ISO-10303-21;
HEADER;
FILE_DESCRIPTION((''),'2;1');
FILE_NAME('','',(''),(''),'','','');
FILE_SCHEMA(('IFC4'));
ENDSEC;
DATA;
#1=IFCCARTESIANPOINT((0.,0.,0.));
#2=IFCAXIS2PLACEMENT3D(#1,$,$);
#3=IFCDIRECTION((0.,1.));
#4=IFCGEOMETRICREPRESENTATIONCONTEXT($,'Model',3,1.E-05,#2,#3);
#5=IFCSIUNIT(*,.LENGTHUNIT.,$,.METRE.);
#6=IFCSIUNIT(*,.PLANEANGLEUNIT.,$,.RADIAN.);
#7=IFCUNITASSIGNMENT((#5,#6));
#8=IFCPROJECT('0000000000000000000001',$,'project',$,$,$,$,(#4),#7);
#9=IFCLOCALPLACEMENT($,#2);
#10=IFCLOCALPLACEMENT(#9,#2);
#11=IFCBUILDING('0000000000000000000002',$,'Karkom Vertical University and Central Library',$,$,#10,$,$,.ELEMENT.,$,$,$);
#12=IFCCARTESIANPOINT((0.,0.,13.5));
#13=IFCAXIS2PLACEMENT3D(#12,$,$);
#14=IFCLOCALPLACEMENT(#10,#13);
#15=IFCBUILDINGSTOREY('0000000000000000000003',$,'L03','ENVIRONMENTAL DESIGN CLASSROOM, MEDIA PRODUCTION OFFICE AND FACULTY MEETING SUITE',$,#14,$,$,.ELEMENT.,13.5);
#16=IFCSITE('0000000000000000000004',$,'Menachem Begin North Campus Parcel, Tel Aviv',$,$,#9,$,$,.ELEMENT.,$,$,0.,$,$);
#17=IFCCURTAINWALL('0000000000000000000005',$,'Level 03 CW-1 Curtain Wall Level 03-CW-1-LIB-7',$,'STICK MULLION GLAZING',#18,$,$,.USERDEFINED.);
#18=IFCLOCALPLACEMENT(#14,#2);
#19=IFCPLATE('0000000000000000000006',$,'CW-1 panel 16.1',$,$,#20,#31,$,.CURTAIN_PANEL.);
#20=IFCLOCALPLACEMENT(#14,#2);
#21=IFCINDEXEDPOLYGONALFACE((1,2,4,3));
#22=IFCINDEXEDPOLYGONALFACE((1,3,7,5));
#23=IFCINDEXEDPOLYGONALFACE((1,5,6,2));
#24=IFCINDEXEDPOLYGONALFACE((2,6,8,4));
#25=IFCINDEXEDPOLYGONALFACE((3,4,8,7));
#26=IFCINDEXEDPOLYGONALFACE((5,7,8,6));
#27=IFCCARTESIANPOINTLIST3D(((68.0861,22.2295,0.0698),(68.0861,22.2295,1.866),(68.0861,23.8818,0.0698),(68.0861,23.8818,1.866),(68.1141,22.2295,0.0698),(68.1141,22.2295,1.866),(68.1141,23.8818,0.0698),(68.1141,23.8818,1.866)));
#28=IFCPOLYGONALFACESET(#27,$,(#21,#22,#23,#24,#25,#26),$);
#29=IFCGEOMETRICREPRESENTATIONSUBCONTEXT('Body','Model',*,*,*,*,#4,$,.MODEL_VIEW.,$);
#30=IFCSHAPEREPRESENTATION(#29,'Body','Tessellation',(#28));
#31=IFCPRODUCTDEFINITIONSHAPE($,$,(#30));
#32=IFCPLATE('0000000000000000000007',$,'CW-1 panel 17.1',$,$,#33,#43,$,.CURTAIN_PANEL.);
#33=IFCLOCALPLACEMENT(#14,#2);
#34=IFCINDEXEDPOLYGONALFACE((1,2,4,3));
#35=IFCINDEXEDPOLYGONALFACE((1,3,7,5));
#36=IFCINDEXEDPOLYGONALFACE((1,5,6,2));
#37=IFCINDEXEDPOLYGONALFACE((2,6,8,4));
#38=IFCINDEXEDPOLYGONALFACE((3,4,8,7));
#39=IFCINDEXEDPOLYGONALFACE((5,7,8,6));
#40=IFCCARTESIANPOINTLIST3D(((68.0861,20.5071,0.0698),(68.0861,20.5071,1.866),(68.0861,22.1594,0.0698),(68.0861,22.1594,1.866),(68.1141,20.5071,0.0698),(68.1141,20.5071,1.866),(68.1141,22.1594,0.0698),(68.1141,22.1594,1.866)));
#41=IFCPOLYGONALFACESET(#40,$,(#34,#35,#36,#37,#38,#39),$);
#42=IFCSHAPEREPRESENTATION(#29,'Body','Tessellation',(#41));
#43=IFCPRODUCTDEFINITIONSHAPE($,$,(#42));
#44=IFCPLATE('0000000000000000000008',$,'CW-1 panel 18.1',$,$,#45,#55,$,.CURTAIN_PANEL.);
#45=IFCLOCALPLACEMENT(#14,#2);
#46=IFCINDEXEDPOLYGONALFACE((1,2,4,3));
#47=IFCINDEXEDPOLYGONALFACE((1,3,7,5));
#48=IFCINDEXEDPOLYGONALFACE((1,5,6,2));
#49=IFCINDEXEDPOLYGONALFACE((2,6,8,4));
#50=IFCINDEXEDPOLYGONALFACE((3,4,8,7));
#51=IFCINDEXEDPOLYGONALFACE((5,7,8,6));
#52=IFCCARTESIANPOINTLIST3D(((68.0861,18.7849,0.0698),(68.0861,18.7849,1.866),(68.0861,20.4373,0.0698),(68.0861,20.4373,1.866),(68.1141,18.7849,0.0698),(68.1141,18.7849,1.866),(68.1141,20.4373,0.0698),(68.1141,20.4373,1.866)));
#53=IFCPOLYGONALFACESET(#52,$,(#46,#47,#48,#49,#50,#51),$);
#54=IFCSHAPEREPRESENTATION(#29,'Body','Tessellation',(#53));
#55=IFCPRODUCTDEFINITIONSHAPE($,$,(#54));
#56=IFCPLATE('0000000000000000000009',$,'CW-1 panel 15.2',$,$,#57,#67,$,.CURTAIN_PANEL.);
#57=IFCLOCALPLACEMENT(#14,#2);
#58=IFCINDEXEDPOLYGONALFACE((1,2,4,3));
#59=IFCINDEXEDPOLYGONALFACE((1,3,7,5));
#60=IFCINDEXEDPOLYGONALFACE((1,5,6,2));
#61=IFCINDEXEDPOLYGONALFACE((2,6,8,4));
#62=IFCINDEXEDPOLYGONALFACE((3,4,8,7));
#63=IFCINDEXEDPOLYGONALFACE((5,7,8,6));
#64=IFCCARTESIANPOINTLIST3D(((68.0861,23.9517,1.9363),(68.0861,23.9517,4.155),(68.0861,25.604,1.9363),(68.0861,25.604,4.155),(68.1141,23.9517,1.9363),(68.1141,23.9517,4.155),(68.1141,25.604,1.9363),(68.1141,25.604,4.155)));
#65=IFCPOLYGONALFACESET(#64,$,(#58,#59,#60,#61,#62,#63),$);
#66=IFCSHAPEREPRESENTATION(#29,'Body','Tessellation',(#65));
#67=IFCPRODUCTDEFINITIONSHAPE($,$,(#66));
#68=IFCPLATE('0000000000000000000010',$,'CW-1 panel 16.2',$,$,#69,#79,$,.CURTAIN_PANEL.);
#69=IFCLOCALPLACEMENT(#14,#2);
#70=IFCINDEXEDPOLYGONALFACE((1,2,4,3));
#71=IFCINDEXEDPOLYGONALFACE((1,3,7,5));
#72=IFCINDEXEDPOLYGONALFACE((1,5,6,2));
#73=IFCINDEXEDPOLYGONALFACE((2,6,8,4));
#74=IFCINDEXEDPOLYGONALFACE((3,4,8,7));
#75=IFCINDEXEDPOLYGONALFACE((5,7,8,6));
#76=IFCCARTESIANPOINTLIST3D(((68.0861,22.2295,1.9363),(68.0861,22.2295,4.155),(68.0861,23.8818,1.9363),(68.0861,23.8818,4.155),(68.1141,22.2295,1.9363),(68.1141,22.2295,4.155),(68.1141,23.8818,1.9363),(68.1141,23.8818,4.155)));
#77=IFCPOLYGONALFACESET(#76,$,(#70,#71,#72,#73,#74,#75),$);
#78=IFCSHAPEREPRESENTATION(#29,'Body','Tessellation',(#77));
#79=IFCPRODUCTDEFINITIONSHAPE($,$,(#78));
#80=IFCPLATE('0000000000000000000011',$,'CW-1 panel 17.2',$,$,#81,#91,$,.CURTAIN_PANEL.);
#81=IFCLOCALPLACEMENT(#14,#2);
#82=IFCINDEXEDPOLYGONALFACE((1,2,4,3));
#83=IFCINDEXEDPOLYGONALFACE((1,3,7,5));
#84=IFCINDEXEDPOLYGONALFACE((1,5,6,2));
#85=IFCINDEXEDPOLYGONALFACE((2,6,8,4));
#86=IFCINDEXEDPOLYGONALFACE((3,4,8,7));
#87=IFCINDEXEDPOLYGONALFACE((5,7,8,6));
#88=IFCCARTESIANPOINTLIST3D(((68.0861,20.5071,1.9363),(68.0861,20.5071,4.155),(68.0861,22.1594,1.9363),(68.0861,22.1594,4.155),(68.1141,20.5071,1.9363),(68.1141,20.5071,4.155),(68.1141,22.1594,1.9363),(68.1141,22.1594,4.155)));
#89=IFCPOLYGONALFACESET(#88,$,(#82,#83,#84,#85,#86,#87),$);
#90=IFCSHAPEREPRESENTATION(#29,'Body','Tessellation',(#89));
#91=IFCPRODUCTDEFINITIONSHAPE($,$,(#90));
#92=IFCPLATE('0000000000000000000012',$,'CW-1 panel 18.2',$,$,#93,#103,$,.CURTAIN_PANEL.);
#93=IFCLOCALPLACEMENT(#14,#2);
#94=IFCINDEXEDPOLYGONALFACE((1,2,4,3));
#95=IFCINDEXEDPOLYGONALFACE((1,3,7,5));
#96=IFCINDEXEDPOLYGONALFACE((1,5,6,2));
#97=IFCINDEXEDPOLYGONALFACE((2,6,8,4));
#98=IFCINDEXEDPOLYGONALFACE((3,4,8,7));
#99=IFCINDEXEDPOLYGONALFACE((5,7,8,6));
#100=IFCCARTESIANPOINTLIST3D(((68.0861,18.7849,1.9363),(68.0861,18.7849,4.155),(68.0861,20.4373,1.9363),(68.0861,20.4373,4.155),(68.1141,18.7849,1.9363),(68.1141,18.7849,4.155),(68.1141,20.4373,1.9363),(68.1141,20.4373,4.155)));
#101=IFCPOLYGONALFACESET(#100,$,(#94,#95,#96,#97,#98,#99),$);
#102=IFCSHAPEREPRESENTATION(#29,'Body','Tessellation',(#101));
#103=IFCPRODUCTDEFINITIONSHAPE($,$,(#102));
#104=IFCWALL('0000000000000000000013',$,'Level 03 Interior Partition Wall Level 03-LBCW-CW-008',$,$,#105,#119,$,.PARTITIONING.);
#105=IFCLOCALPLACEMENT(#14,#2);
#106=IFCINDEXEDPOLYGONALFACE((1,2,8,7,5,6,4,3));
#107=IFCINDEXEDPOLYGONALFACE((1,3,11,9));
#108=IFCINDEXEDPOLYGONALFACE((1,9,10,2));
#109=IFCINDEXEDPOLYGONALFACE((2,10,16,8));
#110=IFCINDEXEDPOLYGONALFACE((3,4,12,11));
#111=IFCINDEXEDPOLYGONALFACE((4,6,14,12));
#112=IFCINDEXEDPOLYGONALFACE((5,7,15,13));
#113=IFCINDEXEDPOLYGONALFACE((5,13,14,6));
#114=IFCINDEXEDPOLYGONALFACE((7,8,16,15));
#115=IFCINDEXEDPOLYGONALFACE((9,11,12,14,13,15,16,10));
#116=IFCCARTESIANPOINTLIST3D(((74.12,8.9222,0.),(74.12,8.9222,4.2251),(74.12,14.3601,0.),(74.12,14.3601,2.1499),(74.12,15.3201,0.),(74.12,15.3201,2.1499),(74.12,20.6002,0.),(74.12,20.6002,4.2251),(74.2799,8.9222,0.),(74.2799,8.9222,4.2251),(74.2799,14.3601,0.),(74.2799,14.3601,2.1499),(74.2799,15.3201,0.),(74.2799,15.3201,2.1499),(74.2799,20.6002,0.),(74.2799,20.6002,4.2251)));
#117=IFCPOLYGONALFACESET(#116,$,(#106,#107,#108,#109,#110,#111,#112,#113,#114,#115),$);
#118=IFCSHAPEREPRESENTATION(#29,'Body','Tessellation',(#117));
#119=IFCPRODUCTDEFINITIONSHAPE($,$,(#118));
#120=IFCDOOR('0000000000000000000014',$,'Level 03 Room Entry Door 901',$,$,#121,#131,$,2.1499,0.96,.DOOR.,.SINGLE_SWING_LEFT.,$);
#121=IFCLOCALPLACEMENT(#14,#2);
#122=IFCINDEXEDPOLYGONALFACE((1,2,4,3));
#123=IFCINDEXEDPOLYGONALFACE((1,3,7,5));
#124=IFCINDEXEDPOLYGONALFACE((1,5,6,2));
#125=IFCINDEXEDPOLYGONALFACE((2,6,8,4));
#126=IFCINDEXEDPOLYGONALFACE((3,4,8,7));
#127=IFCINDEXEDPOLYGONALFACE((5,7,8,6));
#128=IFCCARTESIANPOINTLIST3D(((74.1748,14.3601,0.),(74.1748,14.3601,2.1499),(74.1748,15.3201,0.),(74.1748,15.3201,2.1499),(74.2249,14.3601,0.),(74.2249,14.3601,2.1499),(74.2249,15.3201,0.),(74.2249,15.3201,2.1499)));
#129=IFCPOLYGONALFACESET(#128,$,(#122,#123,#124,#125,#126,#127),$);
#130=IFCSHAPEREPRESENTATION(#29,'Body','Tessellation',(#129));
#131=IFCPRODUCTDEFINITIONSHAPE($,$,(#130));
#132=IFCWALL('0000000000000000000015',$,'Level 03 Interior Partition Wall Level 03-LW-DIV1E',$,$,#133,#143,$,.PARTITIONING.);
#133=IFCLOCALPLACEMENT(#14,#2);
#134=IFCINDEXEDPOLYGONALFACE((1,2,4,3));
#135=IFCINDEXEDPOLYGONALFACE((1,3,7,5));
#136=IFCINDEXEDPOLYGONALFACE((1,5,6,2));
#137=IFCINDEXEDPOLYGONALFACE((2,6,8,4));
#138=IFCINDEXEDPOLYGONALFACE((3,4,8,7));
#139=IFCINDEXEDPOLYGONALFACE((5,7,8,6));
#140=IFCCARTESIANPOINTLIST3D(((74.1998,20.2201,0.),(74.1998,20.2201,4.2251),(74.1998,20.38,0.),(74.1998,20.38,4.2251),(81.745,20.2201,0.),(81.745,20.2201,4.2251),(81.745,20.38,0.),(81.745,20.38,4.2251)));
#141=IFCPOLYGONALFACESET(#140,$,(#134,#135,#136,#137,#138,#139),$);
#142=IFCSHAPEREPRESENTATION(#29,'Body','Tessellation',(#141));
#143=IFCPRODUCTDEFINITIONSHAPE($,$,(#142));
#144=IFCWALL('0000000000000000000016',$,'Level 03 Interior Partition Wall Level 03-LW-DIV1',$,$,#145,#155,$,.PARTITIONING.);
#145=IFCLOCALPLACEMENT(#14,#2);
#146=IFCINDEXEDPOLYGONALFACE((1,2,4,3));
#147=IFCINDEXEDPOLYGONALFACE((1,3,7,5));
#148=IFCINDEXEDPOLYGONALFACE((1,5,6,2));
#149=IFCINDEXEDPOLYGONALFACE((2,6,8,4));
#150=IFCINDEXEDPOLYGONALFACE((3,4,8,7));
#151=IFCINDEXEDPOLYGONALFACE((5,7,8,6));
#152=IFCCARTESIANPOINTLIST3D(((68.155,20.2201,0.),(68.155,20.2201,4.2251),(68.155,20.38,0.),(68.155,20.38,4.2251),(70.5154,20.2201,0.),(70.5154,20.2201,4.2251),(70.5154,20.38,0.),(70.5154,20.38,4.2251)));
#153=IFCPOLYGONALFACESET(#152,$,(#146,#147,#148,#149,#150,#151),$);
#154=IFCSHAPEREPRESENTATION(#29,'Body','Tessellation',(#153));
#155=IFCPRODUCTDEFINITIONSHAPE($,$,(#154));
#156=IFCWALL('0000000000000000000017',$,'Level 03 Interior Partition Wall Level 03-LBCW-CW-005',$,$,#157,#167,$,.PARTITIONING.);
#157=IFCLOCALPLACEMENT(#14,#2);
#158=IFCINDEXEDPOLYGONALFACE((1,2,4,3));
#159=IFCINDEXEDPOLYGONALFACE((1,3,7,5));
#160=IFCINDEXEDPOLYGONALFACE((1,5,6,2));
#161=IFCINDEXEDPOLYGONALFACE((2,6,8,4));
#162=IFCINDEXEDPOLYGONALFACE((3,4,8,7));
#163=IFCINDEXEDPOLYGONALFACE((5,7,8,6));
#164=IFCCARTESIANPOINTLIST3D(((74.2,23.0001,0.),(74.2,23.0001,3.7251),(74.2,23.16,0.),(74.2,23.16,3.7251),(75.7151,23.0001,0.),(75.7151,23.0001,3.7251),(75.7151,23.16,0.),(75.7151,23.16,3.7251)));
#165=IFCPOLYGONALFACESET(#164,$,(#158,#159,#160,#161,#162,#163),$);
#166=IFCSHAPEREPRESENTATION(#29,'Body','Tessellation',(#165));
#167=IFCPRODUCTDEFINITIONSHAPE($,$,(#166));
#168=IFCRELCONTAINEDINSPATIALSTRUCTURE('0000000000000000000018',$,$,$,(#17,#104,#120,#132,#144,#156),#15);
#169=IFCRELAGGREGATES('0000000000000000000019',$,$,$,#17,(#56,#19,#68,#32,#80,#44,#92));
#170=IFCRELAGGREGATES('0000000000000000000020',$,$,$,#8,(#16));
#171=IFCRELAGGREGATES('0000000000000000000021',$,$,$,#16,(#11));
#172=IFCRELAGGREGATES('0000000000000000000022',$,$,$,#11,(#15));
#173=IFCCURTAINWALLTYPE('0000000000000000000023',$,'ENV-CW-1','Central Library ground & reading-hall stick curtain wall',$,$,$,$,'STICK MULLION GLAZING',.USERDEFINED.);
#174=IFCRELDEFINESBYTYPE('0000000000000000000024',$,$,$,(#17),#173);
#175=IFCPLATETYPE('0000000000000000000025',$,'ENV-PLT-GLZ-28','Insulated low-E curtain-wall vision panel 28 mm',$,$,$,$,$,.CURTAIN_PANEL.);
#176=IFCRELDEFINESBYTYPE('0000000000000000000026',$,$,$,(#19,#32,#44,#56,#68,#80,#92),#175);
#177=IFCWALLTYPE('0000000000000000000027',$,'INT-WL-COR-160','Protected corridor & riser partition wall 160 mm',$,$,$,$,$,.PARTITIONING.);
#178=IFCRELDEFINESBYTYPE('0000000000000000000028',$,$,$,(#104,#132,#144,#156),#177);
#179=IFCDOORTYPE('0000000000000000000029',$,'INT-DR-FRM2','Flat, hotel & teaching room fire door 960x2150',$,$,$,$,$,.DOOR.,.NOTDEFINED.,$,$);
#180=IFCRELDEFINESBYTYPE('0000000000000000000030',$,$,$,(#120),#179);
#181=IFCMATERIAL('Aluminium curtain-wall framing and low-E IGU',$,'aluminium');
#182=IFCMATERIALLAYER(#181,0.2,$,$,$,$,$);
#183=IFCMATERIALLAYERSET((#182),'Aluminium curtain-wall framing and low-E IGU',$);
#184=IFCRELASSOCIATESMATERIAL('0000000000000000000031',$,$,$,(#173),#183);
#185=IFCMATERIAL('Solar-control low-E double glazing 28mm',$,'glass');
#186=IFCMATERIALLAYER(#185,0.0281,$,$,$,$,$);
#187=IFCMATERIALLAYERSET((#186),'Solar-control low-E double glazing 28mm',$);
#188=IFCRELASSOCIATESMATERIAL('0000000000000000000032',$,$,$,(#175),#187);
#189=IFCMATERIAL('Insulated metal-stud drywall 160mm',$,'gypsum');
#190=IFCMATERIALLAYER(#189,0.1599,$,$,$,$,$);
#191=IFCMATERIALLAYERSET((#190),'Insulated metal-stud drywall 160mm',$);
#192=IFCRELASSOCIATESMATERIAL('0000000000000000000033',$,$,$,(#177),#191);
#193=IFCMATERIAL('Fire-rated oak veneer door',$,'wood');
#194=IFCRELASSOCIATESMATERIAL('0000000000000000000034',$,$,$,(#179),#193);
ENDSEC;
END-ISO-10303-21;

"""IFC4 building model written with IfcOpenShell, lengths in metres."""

from ifc_helpers import new_model, si_unit, direction, frame, frame_2d, origin, origin_with_axes, origin_2d, place, context, subcontext, project, spatial, rectangle, extrude, source, transform, mapped, material, layer, layer_set, type_object, element, fill, aggregate, save


model = new_model("IFC4")

# Units and contexts
model_context = context("Model", 3, precision=1e-05, world=origin(), true_north=direction((0.0, 1.0)))
body_context = subcontext(model_context, "Body", "Model", "MODEL_VIEW")
ifc_project = project(units=[si_unit("LENGTHUNIT", "METRE"), si_unit("PLANEANGLEUNIT", "RADIAN")], contexts=[model_context])

# Site, building, storey
site_placement = place(None, origin())
site = spatial("IfcSite", under=ifc_project, at=site_placement, Name="Menachem Begin North Campus Parcel, Tel Aviv", CompositionType="ELEMENT", RefElevation=0.0)
building_placement = place(site_placement, origin())
building = spatial("IfcBuilding", under=site, at=building_placement, Name="Karkom Vertical University and Central Library", CompositionType="ELEMENT")
storey_placement = place(building_placement, frame((0.0, 0.0, 13.5)))
storey = spatial("IfcBuildingStorey", under=building, at=storey_placement, Name="L03", Description="ENVIRONMENTAL DESIGN CLASSROOM, MEDIA PRODUCTION OFFICE AND FACULTY MEETING SUITE", CompositionType="ELEMENT", Elevation=13.5)

# Curtain wall, plates
ifc_material_1 = material(Name="Aluminium curtain-wall framing and low-E IGU", Category="aluminium")
ifc_layer_1 = layer(ifc_material_1, 0.2)
ifc_layer_set_1 = layer_set([ifc_layer_1], Name="Aluminium curtain-wall framing and low-E IGU")
curtain_wall_type = type_object("IfcCurtainWallType", Name="ENV-CW-1", Description="Central Library ground & reading-hall stick curtain wall", ElementType="STICK MULLION GLAZING", PredefinedType="USERDEFINED", material=ifc_layer_set_1)
curtain_wall_placement = place(storey_placement, origin())
curtain_wall = element("IfcCurtainWall", 1, at=curtain_wall_placement, inside=storey, type_object=curtain_wall_type, Name="Level 03 CW-1 Curtain Wall Level 03-CW-1-LIB-7", ObjectType="STICK MULLION GLAZING", PredefinedType="USERDEFINED")
ifc_material_2 = material(Name="Solar-control low-E double glazing 28mm", Category="glass")
ifc_layer_2 = layer(ifc_material_2, 0.0281)
ifc_layer_set_2 = layer_set([ifc_layer_2], Name="Solar-control low-E double glazing 28mm")
plate_type = type_object("IfcPlateType", Name="ENV-PLT-GLZ-28", Description="Insulated low-E curtain-wall vision panel 28 mm", PredefinedType="CURTAIN_PANEL", material=ifc_layer_set_2)
shared_shape_1 = source(origin_with_axes(), body_context, "Body", "SweptSolid", [
    extrude(rectangle(XDim=1.6523, YDim=0.0281, at=origin_2d()), origin(), (0.0, 0.0, 1.0), 1.7961),
])
plate_1_placement = place(storey_placement, frame((68.1001, 23.0557, 0.0698), z_axis=(0.0, 0.0, 1.0), x_axis=(0.0, -1.0, 0.0)))
plate_1 = element("IfcPlate", 2, at=plate_1_placement, type_object=plate_type, Name="CW-1 panel 16.1", PredefinedType="CURTAIN_PANEL", context=body_context, shape_type="MappedRepresentation", body=[
    mapped(shared_shape_1, transform((0.0, 0.0, 0.0), scale=1.0)),
])
plate_2_placement = place(storey_placement, frame((68.1001, 21.3333, 0.0698), z_axis=(0.0, 0.0, 1.0), x_axis=(0.0, -1.0, 0.0)))
plate_2 = element("IfcPlate", 3, at=plate_2_placement, type_object=plate_type, Name="CW-1 panel 17.1", PredefinedType="CURTAIN_PANEL", context=body_context, shape_type="MappedRepresentation", body=[
    mapped(shared_shape_1, transform((0.0, 0.0, 0.0), scale=1.0)),
])
plate_3_placement = place(storey_placement, frame((68.1001, 19.6111, 0.0698), z_axis=(0.0, 0.0, 1.0), x_axis=(0.0, -1.0, 0.0)))
plate_3 = element("IfcPlate", 4, at=plate_3_placement, type_object=plate_type, Name="CW-1 panel 18.1", PredefinedType="CURTAIN_PANEL", context=body_context, shape_type="MappedRepresentation", body=[
    mapped(shared_shape_1, transform((0.0, 0.0, 0.0), scale=1.0)),
])
shared_shape_2 = source(origin_with_axes(), body_context, "Body", "SweptSolid", [
    extrude(rectangle(XDim=1.6523, YDim=0.0281, at=origin_2d()), origin(), (0.0, 0.0, 1.0), 2.2188),
])
plate_4_placement = place(storey_placement, frame((68.1001, 24.7778, 1.9363), z_axis=(0.0, 0.0, 1.0), x_axis=(0.0, -1.0, 0.0)))
plate_4 = element("IfcPlate", 5, at=plate_4_placement, type_object=plate_type, Name="CW-1 panel 15.2", PredefinedType="CURTAIN_PANEL", context=body_context, shape_type="MappedRepresentation", body=[
    mapped(shared_shape_2, transform((0.0, 0.0, 0.0), scale=1.0)),
])
plate_5_placement = place(storey_placement, frame((68.1001, 23.0557, 1.9363), z_axis=(0.0, 0.0, 1.0), x_axis=(0.0, -1.0, 0.0)))
plate_5 = element("IfcPlate", 6, at=plate_5_placement, type_object=plate_type, Name="CW-1 panel 16.2", PredefinedType="CURTAIN_PANEL", context=body_context, shape_type="MappedRepresentation", body=[
    mapped(shared_shape_2, transform((0.0, 0.0, 0.0), scale=1.0)),
])
plate_6_placement = place(storey_placement, frame((68.1001, 21.3333, 1.9363), z_axis=(0.0, 0.0, 1.0), x_axis=(0.0, -1.0, 0.0)))
plate_6 = element("IfcPlate", 7, at=plate_6_placement, type_object=plate_type, Name="CW-1 panel 17.2", PredefinedType="CURTAIN_PANEL", context=body_context, shape_type="MappedRepresentation", body=[
    mapped(shared_shape_2, transform((0.0, 0.0, 0.0), scale=1.0)),
])
plate_7_placement = place(storey_placement, frame((68.1001, 19.6111, 1.9363), z_axis=(0.0, 0.0, 1.0), x_axis=(0.0, -1.0, 0.0)))
plate_7 = element("IfcPlate", 8, at=plate_7_placement, type_object=plate_type, Name="CW-1 panel 18.2", PredefinedType="CURTAIN_PANEL", context=body_context, shape_type="MappedRepresentation", body=[
    mapped(shared_shape_2, transform((0.0, 0.0, 0.0), scale=1.0)),
])
aggregate(curtain_wall, [plate_4, plate_1, plate_5, plate_2, plate_6, plate_3, plate_7])

# Wall, opening, door
ifc_material_3 = material(Name="Insulated metal-stud drywall 160mm", Category="gypsum")
ifc_layer_3 = layer(ifc_material_3, 0.1599)
ifc_layer_set_3 = layer_set([ifc_layer_3], Name="Insulated metal-stud drywall 160mm")
wall_type = type_object("IfcWallType", Name="INT-WL-COR-160", Description="Protected corridor & riser partition wall 160 mm", PredefinedType="PARTITIONING", material=ifc_layer_set_3)
wall_1_placement = place(storey_placement, frame((74.2, 20.6001, 0.0), z_axis=(0.0, 0.0, 1.0), x_axis=(0.0, -1.0, 0.0)))
wall_1 = element("IfcWall", 9, at=wall_1_placement, inside=storey, type_object=wall_type, Name="Level 03 Interior Partition Wall Level 03-LBCW-CW-008", PredefinedType="PARTITIONING", context=body_context, shape_type="SweptSolid", body=[
    extrude(rectangle(XDim=11.678, YDim=0.1599, at=frame_2d((5.8389, 0.0))), origin(), (0.0, 0.0, 1.0), 4.2251),
])
opening_placement = place(wall_1_placement, frame((5.28, 0.0, 0.0)))
opening = element("IfcOpeningElement", 10, at=opening_placement, cuts=wall_1, PredefinedType="OPENING", context=body_context, shape_type="SweptSolid", body=[
    extrude(rectangle(XDim=0.96, YDim=2.1499, at=frame_2d((0.48, 1.075))), frame((0.0, 0.0898, 0.0), z_axis=(0.0, -1.0, 0.0), x_axis=(1.0, 0.0, 0.0)), (0.0, 0.0, 1.0), 0.1799),
])
ifc_material_4 = material(Name="Fire-rated oak veneer door", Category="wood")
door_type = type_object("IfcDoorType", Name="INT-DR-FRM2", Description="Flat, hotel & teaching room fire door 960x2150", OperationType="NOTDEFINED", PredefinedType="DOOR", material=ifc_material_4)
shared_shape_3 = source(origin_with_axes(), body_context, "Body", "SweptSolid", [
    extrude(rectangle(XDim=0.96, YDim=2.1499, at=frame_2d((0.48, 1.075))), frame((0.0, 0.0249, 0.0), z_axis=(0.0, -1.0, 0.0), x_axis=(1.0, 0.0, 0.0)), (0.0, 0.0, 1.0), 0.05),
])
door_placement = place(opening_placement, origin())
door = element("IfcDoor", 11, at=door_placement, inside=storey, type_object=door_type, Name="Level 03 Room Entry Door 901", OperationType="SINGLE_SWING_LEFT", OverallHeight=2.1499, OverallWidth=0.96, PredefinedType="DOOR", context=body_context, shape_type="MappedRepresentation", body=[
    mapped(shared_shape_3, transform((0.0, 0.0, 0.0), scale=1.0)),
])
fill(opening, door)

# Walls
wall_2_placement = place(storey_placement, frame((74.2, 20.3, 0.0), z_axis=(0.0, 0.0, 1.0), x_axis=(1.0, 0.0, 0.0)))
element("IfcWall", 12, at=wall_2_placement, inside=storey, type_object=wall_type, Name="Level 03 Interior Partition Wall Level 03-LW-DIV1E", PredefinedType="PARTITIONING", context=body_context, shape_type="SweptSolid", body=[
    extrude(rectangle(XDim=7.5452, YDim=0.1599, at=frame_2d((3.7725, 0.0))), origin(), (0.0, 0.0, 1.0), 4.2251),
])
wall_3_placement = place(storey_placement, frame((68.155, 20.3, 0.0), z_axis=(0.0, 0.0, 1.0), x_axis=(1.0, 0.0, 0.0)))
element("IfcWall", 13, at=wall_3_placement, inside=storey, type_object=wall_type, Name="Level 03 Interior Partition Wall Level 03-LW-DIV1", PredefinedType="PARTITIONING", context=body_context, shape_type="SweptSolid", body=[
    extrude(rectangle(XDim=2.3604, YDim=0.1599, at=frame_2d((1.1802, 0.0))), origin(), (0.0, 0.0, 1.0), 4.2251),
])
wall_4_placement = place(storey_placement, frame((74.2, 23.0801, 0.0), z_axis=(0.0, 0.0, 1.0), x_axis=(1.0, 0.0, 0.0)))
element("IfcWall", 14, at=wall_4_placement, inside=storey, type_object=wall_type, Name="Level 03 Interior Partition Wall Level 03-LBCW-CW-005", PredefinedType="PARTITIONING", context=body_context, shape_type="SweptSolid", body=[
    extrude(rectangle(XDim=1.5151, YDim=0.1599, at=frame_2d((0.7576, 0.0))), origin(), (0.0, 0.0, 1.0), 3.7251),
])

save(model, "model.ifc")
